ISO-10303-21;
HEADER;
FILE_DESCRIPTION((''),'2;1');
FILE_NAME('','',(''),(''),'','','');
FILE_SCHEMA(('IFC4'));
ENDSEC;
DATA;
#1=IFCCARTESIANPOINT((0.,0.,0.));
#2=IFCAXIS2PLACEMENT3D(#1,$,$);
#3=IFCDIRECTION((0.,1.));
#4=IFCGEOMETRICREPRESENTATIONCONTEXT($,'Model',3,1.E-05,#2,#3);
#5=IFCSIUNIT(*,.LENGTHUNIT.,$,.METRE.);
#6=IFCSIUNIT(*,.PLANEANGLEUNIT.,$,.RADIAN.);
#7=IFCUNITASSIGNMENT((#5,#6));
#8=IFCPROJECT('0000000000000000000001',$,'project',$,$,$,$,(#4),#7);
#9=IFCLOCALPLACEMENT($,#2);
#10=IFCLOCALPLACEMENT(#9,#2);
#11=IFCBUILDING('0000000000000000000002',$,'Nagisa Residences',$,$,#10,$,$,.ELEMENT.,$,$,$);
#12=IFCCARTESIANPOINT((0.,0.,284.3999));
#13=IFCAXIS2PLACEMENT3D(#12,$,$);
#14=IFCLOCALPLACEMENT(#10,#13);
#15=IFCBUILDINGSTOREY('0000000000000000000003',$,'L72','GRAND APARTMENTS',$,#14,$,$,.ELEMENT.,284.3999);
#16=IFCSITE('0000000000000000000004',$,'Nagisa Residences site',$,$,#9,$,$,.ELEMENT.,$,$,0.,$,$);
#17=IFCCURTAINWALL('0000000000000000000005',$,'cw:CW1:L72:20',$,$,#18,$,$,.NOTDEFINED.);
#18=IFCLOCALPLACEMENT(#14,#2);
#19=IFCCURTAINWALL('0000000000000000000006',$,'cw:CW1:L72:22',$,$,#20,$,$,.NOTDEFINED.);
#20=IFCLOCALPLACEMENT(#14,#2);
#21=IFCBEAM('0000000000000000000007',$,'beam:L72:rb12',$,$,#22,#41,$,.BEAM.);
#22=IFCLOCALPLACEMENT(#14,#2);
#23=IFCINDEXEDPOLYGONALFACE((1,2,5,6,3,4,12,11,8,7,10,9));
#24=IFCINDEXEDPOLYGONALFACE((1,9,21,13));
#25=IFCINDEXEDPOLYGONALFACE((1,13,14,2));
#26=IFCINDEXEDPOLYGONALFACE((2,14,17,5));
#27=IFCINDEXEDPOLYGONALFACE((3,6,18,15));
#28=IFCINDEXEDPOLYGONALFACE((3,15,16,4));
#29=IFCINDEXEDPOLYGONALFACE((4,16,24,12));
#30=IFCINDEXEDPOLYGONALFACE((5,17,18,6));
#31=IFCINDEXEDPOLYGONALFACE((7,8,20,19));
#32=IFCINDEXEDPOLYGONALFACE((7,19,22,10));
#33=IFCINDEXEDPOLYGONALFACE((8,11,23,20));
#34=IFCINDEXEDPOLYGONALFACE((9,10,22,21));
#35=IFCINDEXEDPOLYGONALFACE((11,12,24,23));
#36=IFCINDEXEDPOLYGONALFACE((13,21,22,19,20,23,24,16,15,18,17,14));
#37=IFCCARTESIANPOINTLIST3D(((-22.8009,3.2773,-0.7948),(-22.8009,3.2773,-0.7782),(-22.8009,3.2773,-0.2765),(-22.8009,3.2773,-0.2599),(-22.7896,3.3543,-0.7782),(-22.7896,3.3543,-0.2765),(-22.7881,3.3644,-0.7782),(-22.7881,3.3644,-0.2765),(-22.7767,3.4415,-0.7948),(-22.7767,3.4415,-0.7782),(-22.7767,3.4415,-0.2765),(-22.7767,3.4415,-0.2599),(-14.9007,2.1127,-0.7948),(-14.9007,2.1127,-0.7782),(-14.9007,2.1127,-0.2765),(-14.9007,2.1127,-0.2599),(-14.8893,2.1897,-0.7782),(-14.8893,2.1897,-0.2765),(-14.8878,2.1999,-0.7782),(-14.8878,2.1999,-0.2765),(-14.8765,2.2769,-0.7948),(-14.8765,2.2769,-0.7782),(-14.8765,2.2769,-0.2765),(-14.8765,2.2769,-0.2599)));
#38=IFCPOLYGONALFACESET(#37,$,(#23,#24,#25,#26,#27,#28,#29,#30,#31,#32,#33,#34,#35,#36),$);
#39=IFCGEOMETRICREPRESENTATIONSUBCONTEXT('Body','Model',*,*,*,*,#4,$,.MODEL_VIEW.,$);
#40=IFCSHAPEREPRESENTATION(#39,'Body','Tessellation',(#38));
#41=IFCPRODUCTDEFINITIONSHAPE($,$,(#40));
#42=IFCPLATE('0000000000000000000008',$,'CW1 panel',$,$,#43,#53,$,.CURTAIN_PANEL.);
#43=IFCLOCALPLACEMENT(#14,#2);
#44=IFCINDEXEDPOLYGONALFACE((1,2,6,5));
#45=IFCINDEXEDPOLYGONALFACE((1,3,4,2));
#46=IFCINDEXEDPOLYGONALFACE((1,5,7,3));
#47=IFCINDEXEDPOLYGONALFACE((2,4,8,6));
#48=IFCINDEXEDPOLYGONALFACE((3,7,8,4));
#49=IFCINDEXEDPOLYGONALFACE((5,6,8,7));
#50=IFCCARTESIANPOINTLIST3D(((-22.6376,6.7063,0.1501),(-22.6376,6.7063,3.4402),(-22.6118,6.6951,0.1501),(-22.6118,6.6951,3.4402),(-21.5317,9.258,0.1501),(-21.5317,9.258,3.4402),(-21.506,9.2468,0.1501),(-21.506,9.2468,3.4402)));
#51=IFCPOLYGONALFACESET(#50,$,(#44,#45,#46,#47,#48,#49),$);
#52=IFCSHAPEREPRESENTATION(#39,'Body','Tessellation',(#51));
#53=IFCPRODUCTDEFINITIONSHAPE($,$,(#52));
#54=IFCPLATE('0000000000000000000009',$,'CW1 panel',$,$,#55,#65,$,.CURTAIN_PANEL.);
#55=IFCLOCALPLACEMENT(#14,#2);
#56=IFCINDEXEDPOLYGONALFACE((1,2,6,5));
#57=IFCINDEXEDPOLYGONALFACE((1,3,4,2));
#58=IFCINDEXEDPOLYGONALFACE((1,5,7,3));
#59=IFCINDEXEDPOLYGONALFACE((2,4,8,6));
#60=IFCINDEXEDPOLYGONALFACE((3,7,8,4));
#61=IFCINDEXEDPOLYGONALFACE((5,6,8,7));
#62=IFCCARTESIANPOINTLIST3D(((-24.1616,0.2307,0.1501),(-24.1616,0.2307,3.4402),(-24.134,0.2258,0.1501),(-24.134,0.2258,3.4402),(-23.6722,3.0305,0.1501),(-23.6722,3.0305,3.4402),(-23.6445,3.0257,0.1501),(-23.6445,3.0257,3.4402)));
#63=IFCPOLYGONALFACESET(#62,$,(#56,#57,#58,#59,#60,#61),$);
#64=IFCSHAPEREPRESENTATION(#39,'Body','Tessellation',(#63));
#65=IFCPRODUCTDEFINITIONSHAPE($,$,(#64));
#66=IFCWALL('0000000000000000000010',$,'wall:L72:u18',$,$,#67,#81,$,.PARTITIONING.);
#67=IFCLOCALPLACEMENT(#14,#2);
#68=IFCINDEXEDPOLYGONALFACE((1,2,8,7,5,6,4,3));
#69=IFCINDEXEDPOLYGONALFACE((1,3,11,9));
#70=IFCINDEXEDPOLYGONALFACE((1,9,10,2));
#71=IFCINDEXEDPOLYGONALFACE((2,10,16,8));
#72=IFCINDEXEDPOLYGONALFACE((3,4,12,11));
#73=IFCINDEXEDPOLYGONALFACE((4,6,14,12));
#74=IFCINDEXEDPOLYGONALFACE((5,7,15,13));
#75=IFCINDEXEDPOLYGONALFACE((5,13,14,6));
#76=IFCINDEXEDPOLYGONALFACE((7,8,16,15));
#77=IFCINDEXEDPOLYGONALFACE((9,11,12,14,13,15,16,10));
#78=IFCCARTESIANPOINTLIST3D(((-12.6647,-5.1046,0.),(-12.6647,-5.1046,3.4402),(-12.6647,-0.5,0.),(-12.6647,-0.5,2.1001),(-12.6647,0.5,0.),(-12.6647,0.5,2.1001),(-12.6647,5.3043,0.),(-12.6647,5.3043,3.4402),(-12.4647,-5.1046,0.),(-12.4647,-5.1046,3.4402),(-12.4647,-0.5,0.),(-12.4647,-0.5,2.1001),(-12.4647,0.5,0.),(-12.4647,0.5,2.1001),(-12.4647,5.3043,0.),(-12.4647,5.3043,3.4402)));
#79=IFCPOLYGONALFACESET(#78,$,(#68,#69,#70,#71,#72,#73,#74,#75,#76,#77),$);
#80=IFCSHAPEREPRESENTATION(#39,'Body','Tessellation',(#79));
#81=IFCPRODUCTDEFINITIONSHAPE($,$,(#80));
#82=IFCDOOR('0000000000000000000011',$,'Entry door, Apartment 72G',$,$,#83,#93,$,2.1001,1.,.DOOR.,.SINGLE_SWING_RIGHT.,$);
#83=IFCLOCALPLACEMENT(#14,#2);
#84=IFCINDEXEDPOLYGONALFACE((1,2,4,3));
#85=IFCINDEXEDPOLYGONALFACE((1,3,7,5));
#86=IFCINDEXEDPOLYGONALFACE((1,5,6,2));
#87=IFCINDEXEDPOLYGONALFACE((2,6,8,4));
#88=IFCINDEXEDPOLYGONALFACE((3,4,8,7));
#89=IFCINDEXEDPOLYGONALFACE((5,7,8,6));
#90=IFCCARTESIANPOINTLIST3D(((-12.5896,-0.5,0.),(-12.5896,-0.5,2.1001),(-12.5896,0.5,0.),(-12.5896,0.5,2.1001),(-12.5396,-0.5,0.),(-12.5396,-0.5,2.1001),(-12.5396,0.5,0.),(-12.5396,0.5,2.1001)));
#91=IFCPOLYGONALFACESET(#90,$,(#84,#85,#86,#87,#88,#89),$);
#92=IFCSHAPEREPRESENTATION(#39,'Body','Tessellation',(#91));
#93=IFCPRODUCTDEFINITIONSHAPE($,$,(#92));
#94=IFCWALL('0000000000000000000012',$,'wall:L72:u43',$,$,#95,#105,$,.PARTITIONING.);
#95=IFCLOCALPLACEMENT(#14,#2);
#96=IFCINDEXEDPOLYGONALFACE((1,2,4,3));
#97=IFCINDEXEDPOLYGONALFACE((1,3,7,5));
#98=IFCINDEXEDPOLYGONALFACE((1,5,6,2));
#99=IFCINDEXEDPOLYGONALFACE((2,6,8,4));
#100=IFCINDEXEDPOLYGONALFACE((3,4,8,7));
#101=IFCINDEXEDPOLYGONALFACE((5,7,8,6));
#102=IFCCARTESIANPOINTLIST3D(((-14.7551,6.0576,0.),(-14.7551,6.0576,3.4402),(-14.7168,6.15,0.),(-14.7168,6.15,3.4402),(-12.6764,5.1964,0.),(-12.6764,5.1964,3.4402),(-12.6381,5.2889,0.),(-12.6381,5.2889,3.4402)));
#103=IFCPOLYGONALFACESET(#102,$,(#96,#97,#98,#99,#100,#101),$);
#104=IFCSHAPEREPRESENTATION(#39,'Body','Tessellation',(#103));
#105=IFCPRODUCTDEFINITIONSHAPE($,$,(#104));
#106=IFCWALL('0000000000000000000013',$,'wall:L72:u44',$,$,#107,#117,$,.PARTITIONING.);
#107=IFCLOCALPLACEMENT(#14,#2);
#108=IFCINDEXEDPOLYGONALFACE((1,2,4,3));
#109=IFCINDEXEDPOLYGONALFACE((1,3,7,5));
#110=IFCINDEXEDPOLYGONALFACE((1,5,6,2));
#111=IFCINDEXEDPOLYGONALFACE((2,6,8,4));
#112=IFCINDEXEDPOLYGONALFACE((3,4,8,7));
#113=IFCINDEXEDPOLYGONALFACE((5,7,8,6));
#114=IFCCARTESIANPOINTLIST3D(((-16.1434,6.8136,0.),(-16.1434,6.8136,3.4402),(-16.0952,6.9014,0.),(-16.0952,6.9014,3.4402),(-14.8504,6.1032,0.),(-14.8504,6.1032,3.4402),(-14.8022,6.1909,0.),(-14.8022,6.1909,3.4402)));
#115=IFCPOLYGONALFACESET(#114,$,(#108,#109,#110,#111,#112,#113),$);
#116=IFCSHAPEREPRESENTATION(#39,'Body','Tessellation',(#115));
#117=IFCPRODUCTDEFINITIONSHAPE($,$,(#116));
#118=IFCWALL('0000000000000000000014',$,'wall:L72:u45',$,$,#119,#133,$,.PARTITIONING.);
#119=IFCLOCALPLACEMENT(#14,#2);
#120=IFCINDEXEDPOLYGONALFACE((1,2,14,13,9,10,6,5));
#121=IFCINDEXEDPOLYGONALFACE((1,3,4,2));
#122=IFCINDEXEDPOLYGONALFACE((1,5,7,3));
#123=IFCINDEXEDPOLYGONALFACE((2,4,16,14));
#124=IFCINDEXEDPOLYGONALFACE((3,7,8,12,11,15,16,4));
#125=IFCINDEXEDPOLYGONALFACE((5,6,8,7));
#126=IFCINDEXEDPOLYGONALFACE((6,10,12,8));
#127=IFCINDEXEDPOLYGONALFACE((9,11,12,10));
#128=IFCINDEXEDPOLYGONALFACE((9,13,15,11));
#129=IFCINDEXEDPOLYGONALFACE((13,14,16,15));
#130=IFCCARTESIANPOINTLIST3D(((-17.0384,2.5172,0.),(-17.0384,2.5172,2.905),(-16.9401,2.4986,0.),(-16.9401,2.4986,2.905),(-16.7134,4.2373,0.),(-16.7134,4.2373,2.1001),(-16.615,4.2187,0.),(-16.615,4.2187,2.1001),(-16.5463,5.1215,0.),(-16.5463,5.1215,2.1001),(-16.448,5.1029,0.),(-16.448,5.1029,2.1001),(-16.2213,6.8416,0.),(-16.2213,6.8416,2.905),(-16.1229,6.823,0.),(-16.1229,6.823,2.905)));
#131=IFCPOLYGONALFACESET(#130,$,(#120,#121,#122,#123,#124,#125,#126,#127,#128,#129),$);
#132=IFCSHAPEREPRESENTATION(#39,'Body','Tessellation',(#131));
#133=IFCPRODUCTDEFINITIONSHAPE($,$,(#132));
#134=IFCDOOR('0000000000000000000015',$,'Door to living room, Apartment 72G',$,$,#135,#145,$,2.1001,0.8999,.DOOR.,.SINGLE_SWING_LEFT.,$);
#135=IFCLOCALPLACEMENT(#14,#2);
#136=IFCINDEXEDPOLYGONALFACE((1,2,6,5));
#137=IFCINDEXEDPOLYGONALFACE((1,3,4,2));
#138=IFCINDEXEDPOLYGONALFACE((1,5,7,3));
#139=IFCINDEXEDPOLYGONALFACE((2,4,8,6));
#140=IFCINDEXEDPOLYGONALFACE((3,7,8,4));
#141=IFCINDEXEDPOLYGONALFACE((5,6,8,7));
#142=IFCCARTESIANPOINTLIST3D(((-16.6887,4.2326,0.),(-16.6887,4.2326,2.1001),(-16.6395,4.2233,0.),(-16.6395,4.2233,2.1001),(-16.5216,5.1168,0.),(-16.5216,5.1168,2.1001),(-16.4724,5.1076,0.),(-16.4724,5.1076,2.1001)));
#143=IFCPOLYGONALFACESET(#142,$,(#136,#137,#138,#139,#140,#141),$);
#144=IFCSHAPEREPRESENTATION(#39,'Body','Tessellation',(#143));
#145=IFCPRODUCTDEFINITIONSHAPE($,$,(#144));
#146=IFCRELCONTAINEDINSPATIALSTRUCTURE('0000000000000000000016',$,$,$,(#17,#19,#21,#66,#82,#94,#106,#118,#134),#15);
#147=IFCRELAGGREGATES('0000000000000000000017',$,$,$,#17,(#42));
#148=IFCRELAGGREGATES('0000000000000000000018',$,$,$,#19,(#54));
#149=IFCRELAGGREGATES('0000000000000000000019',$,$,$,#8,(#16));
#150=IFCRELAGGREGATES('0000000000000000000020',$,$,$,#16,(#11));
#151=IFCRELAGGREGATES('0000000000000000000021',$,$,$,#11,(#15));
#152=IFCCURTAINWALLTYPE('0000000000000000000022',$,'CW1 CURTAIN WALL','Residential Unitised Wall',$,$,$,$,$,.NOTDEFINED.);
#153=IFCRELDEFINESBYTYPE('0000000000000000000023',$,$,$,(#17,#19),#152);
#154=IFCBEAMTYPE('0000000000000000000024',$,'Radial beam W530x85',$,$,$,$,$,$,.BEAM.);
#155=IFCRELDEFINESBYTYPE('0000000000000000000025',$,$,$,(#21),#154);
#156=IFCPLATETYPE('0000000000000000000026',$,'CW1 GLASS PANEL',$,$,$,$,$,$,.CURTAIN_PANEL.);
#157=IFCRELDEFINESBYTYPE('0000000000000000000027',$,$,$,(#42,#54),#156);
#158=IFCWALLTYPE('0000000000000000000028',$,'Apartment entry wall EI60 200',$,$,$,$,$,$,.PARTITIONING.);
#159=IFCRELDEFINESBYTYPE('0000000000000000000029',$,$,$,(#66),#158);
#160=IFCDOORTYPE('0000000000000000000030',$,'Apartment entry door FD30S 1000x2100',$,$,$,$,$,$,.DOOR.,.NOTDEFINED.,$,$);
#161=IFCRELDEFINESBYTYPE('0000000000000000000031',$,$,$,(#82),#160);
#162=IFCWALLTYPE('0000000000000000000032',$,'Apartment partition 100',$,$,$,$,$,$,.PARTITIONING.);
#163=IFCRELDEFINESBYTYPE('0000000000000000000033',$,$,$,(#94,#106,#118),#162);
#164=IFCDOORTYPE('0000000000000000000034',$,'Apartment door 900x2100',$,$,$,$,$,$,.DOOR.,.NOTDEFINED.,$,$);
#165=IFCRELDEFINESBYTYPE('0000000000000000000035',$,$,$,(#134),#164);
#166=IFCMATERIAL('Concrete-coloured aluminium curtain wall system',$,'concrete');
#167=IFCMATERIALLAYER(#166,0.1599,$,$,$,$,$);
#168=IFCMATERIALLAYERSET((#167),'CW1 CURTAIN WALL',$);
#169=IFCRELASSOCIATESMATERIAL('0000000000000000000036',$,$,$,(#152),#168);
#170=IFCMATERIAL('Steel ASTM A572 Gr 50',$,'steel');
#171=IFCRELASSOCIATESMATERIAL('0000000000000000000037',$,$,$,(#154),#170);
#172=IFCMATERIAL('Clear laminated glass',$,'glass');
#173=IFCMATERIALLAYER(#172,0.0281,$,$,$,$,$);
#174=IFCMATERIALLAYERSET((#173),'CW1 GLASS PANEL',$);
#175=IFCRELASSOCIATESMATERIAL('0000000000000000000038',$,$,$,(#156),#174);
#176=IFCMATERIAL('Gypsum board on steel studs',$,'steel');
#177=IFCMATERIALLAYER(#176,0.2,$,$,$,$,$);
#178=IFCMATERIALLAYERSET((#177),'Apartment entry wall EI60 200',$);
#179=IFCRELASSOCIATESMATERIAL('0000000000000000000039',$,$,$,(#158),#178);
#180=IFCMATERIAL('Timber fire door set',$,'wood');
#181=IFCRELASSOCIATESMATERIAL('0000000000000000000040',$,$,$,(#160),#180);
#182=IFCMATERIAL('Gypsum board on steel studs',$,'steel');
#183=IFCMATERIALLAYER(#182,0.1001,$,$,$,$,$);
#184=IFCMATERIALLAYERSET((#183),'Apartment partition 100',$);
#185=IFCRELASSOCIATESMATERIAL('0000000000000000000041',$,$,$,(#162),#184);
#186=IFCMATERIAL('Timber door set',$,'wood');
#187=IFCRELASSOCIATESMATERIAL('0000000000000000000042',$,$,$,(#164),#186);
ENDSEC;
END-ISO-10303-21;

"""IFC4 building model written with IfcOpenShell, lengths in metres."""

from ifc_helpers import new_model, si_unit, direction, frame, frame_2d, origin, origin_2d, place, context, subcontext, project, spatial, rectangle, i_section, extrude, material, layer, layer_set, material_profile, profile_set, type_object, element, fill, aggregate, save


model = new_model("IFC4")

# Units and contexts
model_context = context("Model", 3, precision=1e-05, world=origin(), true_north=direction((0.0, 1.0)))
body_context = subcontext(model_context, "Body", "Model", "MODEL_VIEW")
ifc_project = project(units=[si_unit("LENGTHUNIT", "METRE"), si_unit("PLANEANGLEUNIT", "RADIAN")], contexts=[model_context])

# Site, building, storey
site_placement = place(None, origin())
site = spatial("IfcSite", under=ifc_project, at=site_placement, Name="Nagisa Residences site", CompositionType="ELEMENT", RefElevation=0.0)
building_placement = place(site_placement, origin())
building = spatial("IfcBuilding", under=site, at=building_placement, Name="Nagisa Residences", CompositionType="ELEMENT")
storey_placement = place(building_placement, frame((0.0, 0.0, 284.3999)))
storey = spatial("IfcBuildingStorey", under=building, at=storey_placement, Name="L72", Description="GRAND APARTMENTS", CompositionType="ELEMENT", Elevation=284.3999)

# Curtain walls
ifc_material_1 = material(Name="Concrete-coloured aluminium curtain wall system", Category="concrete")
ifc_layer_1 = layer(ifc_material_1, 0.1599)
ifc_layer_set_1 = layer_set([ifc_layer_1], Name="CW1 CURTAIN WALL")
curtain_wall_type = type_object("IfcCurtainWallType", Name="CW1 CURTAIN WALL", Description="Residential Unitised Wall", PredefinedType="NOTDEFINED", material=ifc_layer_set_1)
curtain_wall_1_placement = place(storey_placement, origin())
curtain_wall_1 = element("IfcCurtainWall", 1, at=curtain_wall_1_placement, inside=storey, type_object=curtain_wall_type, Name="cw:CW1:L72:20", PredefinedType="NOTDEFINED")
curtain_wall_2_placement = place(storey_placement, origin())
curtain_wall_2 = element("IfcCurtainWall", 2, at=curtain_wall_2_placement, inside=storey, type_object=curtain_wall_type, Name="cw:CW1:L72:22", PredefinedType="NOTDEFINED")

# Beam
ifc_material_2 = material(Name="Steel ASTM A572 Gr 50", Category="steel")
ifc_material_profile_1 = material_profile(ifc_material_2, i_section(OverallWidth=0.166, OverallDepth=0.5349, WebThickness=0.0103, FlangeThickness=0.0166, at=origin_2d()), Name="W530x85")
ifc_profile_set_1 = profile_set([ifc_material_profile_1], Name="Steel ASTM A572 Gr 50")
beam_type_1 = type_object("IfcBeamType", Name="Radial beam W530x85", PredefinedType="BEAM", material=ifc_profile_set_1)
beam_1_placement = place(storey_placement, frame((-22.7888, 3.3594, -0.5273), z_axis=(0.989309, -0.145833, 0.0), x_axis=(0.145833, 0.989309, 0.0)))
element("IfcBeam", 3, at=beam_1_placement, inside=storey, type_object=beam_type_1, Name="beam:L72:rb12", PredefinedType="BEAM", context=body_context, shape_type="SweptSolid", body=[
    extrude(i_section(OverallWidth=0.166, OverallDepth=0.5349, WebThickness=0.0103, FlangeThickness=0.0166, at=origin_2d()), origin(), (0.0, 0.0, 1.0), 7.9856),
])

# Plates
ifc_material_3 = material(Name="Clear laminated glass", Category="glass")
ifc_layer_2 = layer(ifc_material_3, 0.0281)
ifc_layer_set_2 = layer_set([ifc_layer_2], Name="CW1 GLASS PANEL")
plate_type = type_object("IfcPlateType", Name="CW1 GLASS PANEL", PredefinedType="CURTAIN_PANEL", material=ifc_layer_set_2)
plate_1_placement = place(storey_placement, frame((-22.0718, 7.9766, 0.1501), z_axis=(0.0, 0.0, 1.0), x_axis=(-0.397636, -0.917543, 0.0)))
plate_1 = element("IfcPlate", 4, at=plate_1_placement, type_object=plate_type, Name="CW1 panel", PredefinedType="CURTAIN_PANEL", context=body_context, shape_type="SweptSolid", body=[
    extrude(rectangle(XDim=2.781, YDim=0.0281, at=origin_2d()), origin(), (0.0, 0.0, 1.0), 3.29),
])
aggregate(curtain_wall_1, [plate_1])
plate_2_placement = place(storey_placement, frame((-23.9031, 1.6282, 0.1501), z_axis=(0.0, 0.0, 1.0), x_axis=(-0.172191, -0.985064, 0.0)))
plate_2 = element("IfcPlate", 5, at=plate_2_placement, type_object=plate_type, Name="CW1 panel", PredefinedType="CURTAIN_PANEL", context=body_context, shape_type="SweptSolid", body=[
    extrude(rectangle(XDim=2.8423, YDim=0.0281, at=origin_2d()), origin(), (0.0, 0.0, 1.0), 3.29),
])
aggregate(curtain_wall_2, [plate_2])

# Wall, opening, door
ifc_material_4 = material(Name="Gypsum board on steel studs", Category="steel")
ifc_layer_3 = layer(ifc_material_4, 0.2)
ifc_layer_set_3 = layer_set([ifc_layer_3], Name="Apartment entry wall EI60 200")
wall_type_1 = type_object("IfcWallType", Name="Apartment entry wall EI60 200", PredefinedType="PARTITIONING", material=ifc_layer_set_3)
wall_1_placement = place(storey_placement, frame((-12.5647, 5.3044, 0.0), z_axis=(0.0, 0.0, 1.0), x_axis=(0.0, -1.0, 0.0)))
wall_1 = element("IfcWall", 6, at=wall_1_placement, inside=storey, type_object=wall_type_1, Name="wall:L72:u18", PredefinedType="PARTITIONING", context=body_context, shape_type="SweptSolid", body=[
    extrude(rectangle(XDim=10.4089, YDim=0.2, at=frame_2d((5.2046, 0.0))), origin(), (0.0, 0.0, 1.0), 3.4402),
])
opening_1_placement = place(wall_1_placement, frame((4.8044, 0.0, 0.0)))
opening_1 = element("IfcOpeningElement", 7, at=opening_1_placement, cuts=wall_1, PredefinedType="OPENING", context=body_context, shape_type="SweptSolid", body=[
    extrude(rectangle(XDim=1.0, YDim=2.1001, at=frame_2d((0.5, 1.05))), frame((0.0, 0.1099, 0.0), z_axis=(0.0, -1.0, 0.0), x_axis=(1.0, 0.0, 0.0)), (0.0, 0.0, 1.0), 0.22),
])
ifc_material_5 = material(Name="Timber fire door set", Category="wood")
door_type_1 = type_object("IfcDoorType", Name="Apartment entry door FD30S 1000x2100", OperationType="NOTDEFINED", PredefinedType="DOOR", material=ifc_material_5)
door_1_placement = place(opening_1_placement, frame((1.0, 0.0, 0.0), x_axis=(-1.0, 0.0, 0.0)))
door_1 = element("IfcDoor", 8, at=door_1_placement, inside=storey, type_object=door_type_1, Name="Entry door, Apartment 72G", OperationType="SINGLE_SWING_RIGHT", OverallHeight=2.1001, OverallWidth=1.0, PredefinedType="DOOR", context=body_context, shape_type="SweptSolid", body=[
    extrude(rectangle(XDim=1.0, YDim=2.1001, at=frame_2d((0.5, 1.05))), frame((0.0, 0.0249, 0.0), z_axis=(0.0, -1.0, 0.0), x_axis=(1.0, 0.0, 0.0)), (0.0, 0.0, 1.0), 0.05),
])
fill(opening_1, door_1)

# Walls
ifc_material_6 = material(Name="Gypsum board on steel studs", Category="steel")
ifc_layer_4 = layer(ifc_material_6, 0.1001)
ifc_layer_set_4 = layer_set([ifc_layer_4], Name="Apartment partition 100")
wall_type_2 = type_object("IfcWallType", Name="Apartment partition 100", PredefinedType="PARTITIONING", material=ifc_layer_set_4)
wall_2_placement = place(storey_placement, frame((-12.6572, 5.2427, 0.0), z_axis=(0.0, 0.0, 1.0), x_axis=(-0.923865, 0.382719, 0.0)))
element("IfcWall", 9, at=wall_2_placement, inside=storey, type_object=wall_type_2, Name="wall:L72:u43", PredefinedType="PARTITIONING", context=body_context, shape_type="SweptSolid", body=[
    extrude(rectangle(XDim=2.25, YDim=0.1001, at=frame_2d((1.125, 0.0))), origin(), (0.0, 0.0, 1.0), 3.4402),
])
wall_3_placement = place(storey_placement, frame((-14.8262, 6.147, 0.0), z_axis=(0.0, 0.0, 1.0), x_axis=(-0.876411, 0.481563, 0.0)))
element("IfcWall", 10, at=wall_3_placement, inside=storey, type_object=wall_type_2, Name="wall:L72:u44", PredefinedType="PARTITIONING", context=body_context, shape_type="SweptSolid", body=[
    extrude(rectangle(XDim=1.4753, YDim=0.1001, at=frame_2d((0.7378, 0.0))), origin(), (0.0, 0.0, 1.0), 3.4402),
])

# Wall, opening, door
wall_4_placement = place(storey_placement, frame((-16.1721, 6.8323, 0.0), z_axis=(0.0, 0.0, 1.0), x_axis=(-0.185672, -0.982612, 0.0)))
wall_4 = element("IfcWall", 11, at=wall_4_placement, inside=storey, type_object=wall_type_2, Name="wall:L72:u45", PredefinedType="PARTITIONING", context=body_context, shape_type="SweptSolid", body=[
    extrude(rectangle(XDim=4.4009, YDim=0.1001, at=frame_2d((2.2004, 0.0))), origin(), (0.0, 0.0, 1.0), 2.905),
])
opening_2_placement = place(wall_4_placement, frame((1.7505, 0.0, 0.0)))
opening_2 = element("IfcOpeningElement", 12, at=opening_2_placement, cuts=wall_4, PredefinedType="OPENING", context=body_context, shape_type="SweptSolid", body=[
    extrude(rectangle(XDim=0.8999, YDim=2.1001, at=frame_2d((0.45, 1.05))), frame((0.0, 0.0601, 0.0), z_axis=(0.0, -1.0, 0.0), x_axis=(1.0, 0.0, 0.0)), (0.0, 0.0, 1.0), 0.1201),
])
ifc_material_7 = material(Name="Timber door set", Category="wood")
door_type_2 = type_object("IfcDoorType", Name="Apartment door 900x2100", OperationType="NOTDEFINED", PredefinedType="DOOR", material=ifc_material_7)
door_2_placement = place(opening_2_placement, frame((0.8999, 0.0, 0.0), x_axis=(-1.0, 0.0, 0.0)))
door_2 = element("IfcDoor", 13, at=door_2_placement, inside=storey, type_object=door_type_2, Name="Door to living room, Apartment 72G", OperationType="SINGLE_SWING_LEFT", OverallHeight=2.1001, OverallWidth=0.8999, PredefinedType="DOOR", context=body_context, shape_type="SweptSolid", body=[
    extrude(rectangle(XDim=0.8999, YDim=2.1001, at=frame_2d((0.45, 1.05))), frame((0.0, 0.0249, 0.0), z_axis=(0.0, -1.0, 0.0), x_axis=(1.0, 0.0, 0.0)), (0.0, 0.0, 1.0), 0.05),
])
fill(opening_2, door_2)

save(model, "model.ifc")
